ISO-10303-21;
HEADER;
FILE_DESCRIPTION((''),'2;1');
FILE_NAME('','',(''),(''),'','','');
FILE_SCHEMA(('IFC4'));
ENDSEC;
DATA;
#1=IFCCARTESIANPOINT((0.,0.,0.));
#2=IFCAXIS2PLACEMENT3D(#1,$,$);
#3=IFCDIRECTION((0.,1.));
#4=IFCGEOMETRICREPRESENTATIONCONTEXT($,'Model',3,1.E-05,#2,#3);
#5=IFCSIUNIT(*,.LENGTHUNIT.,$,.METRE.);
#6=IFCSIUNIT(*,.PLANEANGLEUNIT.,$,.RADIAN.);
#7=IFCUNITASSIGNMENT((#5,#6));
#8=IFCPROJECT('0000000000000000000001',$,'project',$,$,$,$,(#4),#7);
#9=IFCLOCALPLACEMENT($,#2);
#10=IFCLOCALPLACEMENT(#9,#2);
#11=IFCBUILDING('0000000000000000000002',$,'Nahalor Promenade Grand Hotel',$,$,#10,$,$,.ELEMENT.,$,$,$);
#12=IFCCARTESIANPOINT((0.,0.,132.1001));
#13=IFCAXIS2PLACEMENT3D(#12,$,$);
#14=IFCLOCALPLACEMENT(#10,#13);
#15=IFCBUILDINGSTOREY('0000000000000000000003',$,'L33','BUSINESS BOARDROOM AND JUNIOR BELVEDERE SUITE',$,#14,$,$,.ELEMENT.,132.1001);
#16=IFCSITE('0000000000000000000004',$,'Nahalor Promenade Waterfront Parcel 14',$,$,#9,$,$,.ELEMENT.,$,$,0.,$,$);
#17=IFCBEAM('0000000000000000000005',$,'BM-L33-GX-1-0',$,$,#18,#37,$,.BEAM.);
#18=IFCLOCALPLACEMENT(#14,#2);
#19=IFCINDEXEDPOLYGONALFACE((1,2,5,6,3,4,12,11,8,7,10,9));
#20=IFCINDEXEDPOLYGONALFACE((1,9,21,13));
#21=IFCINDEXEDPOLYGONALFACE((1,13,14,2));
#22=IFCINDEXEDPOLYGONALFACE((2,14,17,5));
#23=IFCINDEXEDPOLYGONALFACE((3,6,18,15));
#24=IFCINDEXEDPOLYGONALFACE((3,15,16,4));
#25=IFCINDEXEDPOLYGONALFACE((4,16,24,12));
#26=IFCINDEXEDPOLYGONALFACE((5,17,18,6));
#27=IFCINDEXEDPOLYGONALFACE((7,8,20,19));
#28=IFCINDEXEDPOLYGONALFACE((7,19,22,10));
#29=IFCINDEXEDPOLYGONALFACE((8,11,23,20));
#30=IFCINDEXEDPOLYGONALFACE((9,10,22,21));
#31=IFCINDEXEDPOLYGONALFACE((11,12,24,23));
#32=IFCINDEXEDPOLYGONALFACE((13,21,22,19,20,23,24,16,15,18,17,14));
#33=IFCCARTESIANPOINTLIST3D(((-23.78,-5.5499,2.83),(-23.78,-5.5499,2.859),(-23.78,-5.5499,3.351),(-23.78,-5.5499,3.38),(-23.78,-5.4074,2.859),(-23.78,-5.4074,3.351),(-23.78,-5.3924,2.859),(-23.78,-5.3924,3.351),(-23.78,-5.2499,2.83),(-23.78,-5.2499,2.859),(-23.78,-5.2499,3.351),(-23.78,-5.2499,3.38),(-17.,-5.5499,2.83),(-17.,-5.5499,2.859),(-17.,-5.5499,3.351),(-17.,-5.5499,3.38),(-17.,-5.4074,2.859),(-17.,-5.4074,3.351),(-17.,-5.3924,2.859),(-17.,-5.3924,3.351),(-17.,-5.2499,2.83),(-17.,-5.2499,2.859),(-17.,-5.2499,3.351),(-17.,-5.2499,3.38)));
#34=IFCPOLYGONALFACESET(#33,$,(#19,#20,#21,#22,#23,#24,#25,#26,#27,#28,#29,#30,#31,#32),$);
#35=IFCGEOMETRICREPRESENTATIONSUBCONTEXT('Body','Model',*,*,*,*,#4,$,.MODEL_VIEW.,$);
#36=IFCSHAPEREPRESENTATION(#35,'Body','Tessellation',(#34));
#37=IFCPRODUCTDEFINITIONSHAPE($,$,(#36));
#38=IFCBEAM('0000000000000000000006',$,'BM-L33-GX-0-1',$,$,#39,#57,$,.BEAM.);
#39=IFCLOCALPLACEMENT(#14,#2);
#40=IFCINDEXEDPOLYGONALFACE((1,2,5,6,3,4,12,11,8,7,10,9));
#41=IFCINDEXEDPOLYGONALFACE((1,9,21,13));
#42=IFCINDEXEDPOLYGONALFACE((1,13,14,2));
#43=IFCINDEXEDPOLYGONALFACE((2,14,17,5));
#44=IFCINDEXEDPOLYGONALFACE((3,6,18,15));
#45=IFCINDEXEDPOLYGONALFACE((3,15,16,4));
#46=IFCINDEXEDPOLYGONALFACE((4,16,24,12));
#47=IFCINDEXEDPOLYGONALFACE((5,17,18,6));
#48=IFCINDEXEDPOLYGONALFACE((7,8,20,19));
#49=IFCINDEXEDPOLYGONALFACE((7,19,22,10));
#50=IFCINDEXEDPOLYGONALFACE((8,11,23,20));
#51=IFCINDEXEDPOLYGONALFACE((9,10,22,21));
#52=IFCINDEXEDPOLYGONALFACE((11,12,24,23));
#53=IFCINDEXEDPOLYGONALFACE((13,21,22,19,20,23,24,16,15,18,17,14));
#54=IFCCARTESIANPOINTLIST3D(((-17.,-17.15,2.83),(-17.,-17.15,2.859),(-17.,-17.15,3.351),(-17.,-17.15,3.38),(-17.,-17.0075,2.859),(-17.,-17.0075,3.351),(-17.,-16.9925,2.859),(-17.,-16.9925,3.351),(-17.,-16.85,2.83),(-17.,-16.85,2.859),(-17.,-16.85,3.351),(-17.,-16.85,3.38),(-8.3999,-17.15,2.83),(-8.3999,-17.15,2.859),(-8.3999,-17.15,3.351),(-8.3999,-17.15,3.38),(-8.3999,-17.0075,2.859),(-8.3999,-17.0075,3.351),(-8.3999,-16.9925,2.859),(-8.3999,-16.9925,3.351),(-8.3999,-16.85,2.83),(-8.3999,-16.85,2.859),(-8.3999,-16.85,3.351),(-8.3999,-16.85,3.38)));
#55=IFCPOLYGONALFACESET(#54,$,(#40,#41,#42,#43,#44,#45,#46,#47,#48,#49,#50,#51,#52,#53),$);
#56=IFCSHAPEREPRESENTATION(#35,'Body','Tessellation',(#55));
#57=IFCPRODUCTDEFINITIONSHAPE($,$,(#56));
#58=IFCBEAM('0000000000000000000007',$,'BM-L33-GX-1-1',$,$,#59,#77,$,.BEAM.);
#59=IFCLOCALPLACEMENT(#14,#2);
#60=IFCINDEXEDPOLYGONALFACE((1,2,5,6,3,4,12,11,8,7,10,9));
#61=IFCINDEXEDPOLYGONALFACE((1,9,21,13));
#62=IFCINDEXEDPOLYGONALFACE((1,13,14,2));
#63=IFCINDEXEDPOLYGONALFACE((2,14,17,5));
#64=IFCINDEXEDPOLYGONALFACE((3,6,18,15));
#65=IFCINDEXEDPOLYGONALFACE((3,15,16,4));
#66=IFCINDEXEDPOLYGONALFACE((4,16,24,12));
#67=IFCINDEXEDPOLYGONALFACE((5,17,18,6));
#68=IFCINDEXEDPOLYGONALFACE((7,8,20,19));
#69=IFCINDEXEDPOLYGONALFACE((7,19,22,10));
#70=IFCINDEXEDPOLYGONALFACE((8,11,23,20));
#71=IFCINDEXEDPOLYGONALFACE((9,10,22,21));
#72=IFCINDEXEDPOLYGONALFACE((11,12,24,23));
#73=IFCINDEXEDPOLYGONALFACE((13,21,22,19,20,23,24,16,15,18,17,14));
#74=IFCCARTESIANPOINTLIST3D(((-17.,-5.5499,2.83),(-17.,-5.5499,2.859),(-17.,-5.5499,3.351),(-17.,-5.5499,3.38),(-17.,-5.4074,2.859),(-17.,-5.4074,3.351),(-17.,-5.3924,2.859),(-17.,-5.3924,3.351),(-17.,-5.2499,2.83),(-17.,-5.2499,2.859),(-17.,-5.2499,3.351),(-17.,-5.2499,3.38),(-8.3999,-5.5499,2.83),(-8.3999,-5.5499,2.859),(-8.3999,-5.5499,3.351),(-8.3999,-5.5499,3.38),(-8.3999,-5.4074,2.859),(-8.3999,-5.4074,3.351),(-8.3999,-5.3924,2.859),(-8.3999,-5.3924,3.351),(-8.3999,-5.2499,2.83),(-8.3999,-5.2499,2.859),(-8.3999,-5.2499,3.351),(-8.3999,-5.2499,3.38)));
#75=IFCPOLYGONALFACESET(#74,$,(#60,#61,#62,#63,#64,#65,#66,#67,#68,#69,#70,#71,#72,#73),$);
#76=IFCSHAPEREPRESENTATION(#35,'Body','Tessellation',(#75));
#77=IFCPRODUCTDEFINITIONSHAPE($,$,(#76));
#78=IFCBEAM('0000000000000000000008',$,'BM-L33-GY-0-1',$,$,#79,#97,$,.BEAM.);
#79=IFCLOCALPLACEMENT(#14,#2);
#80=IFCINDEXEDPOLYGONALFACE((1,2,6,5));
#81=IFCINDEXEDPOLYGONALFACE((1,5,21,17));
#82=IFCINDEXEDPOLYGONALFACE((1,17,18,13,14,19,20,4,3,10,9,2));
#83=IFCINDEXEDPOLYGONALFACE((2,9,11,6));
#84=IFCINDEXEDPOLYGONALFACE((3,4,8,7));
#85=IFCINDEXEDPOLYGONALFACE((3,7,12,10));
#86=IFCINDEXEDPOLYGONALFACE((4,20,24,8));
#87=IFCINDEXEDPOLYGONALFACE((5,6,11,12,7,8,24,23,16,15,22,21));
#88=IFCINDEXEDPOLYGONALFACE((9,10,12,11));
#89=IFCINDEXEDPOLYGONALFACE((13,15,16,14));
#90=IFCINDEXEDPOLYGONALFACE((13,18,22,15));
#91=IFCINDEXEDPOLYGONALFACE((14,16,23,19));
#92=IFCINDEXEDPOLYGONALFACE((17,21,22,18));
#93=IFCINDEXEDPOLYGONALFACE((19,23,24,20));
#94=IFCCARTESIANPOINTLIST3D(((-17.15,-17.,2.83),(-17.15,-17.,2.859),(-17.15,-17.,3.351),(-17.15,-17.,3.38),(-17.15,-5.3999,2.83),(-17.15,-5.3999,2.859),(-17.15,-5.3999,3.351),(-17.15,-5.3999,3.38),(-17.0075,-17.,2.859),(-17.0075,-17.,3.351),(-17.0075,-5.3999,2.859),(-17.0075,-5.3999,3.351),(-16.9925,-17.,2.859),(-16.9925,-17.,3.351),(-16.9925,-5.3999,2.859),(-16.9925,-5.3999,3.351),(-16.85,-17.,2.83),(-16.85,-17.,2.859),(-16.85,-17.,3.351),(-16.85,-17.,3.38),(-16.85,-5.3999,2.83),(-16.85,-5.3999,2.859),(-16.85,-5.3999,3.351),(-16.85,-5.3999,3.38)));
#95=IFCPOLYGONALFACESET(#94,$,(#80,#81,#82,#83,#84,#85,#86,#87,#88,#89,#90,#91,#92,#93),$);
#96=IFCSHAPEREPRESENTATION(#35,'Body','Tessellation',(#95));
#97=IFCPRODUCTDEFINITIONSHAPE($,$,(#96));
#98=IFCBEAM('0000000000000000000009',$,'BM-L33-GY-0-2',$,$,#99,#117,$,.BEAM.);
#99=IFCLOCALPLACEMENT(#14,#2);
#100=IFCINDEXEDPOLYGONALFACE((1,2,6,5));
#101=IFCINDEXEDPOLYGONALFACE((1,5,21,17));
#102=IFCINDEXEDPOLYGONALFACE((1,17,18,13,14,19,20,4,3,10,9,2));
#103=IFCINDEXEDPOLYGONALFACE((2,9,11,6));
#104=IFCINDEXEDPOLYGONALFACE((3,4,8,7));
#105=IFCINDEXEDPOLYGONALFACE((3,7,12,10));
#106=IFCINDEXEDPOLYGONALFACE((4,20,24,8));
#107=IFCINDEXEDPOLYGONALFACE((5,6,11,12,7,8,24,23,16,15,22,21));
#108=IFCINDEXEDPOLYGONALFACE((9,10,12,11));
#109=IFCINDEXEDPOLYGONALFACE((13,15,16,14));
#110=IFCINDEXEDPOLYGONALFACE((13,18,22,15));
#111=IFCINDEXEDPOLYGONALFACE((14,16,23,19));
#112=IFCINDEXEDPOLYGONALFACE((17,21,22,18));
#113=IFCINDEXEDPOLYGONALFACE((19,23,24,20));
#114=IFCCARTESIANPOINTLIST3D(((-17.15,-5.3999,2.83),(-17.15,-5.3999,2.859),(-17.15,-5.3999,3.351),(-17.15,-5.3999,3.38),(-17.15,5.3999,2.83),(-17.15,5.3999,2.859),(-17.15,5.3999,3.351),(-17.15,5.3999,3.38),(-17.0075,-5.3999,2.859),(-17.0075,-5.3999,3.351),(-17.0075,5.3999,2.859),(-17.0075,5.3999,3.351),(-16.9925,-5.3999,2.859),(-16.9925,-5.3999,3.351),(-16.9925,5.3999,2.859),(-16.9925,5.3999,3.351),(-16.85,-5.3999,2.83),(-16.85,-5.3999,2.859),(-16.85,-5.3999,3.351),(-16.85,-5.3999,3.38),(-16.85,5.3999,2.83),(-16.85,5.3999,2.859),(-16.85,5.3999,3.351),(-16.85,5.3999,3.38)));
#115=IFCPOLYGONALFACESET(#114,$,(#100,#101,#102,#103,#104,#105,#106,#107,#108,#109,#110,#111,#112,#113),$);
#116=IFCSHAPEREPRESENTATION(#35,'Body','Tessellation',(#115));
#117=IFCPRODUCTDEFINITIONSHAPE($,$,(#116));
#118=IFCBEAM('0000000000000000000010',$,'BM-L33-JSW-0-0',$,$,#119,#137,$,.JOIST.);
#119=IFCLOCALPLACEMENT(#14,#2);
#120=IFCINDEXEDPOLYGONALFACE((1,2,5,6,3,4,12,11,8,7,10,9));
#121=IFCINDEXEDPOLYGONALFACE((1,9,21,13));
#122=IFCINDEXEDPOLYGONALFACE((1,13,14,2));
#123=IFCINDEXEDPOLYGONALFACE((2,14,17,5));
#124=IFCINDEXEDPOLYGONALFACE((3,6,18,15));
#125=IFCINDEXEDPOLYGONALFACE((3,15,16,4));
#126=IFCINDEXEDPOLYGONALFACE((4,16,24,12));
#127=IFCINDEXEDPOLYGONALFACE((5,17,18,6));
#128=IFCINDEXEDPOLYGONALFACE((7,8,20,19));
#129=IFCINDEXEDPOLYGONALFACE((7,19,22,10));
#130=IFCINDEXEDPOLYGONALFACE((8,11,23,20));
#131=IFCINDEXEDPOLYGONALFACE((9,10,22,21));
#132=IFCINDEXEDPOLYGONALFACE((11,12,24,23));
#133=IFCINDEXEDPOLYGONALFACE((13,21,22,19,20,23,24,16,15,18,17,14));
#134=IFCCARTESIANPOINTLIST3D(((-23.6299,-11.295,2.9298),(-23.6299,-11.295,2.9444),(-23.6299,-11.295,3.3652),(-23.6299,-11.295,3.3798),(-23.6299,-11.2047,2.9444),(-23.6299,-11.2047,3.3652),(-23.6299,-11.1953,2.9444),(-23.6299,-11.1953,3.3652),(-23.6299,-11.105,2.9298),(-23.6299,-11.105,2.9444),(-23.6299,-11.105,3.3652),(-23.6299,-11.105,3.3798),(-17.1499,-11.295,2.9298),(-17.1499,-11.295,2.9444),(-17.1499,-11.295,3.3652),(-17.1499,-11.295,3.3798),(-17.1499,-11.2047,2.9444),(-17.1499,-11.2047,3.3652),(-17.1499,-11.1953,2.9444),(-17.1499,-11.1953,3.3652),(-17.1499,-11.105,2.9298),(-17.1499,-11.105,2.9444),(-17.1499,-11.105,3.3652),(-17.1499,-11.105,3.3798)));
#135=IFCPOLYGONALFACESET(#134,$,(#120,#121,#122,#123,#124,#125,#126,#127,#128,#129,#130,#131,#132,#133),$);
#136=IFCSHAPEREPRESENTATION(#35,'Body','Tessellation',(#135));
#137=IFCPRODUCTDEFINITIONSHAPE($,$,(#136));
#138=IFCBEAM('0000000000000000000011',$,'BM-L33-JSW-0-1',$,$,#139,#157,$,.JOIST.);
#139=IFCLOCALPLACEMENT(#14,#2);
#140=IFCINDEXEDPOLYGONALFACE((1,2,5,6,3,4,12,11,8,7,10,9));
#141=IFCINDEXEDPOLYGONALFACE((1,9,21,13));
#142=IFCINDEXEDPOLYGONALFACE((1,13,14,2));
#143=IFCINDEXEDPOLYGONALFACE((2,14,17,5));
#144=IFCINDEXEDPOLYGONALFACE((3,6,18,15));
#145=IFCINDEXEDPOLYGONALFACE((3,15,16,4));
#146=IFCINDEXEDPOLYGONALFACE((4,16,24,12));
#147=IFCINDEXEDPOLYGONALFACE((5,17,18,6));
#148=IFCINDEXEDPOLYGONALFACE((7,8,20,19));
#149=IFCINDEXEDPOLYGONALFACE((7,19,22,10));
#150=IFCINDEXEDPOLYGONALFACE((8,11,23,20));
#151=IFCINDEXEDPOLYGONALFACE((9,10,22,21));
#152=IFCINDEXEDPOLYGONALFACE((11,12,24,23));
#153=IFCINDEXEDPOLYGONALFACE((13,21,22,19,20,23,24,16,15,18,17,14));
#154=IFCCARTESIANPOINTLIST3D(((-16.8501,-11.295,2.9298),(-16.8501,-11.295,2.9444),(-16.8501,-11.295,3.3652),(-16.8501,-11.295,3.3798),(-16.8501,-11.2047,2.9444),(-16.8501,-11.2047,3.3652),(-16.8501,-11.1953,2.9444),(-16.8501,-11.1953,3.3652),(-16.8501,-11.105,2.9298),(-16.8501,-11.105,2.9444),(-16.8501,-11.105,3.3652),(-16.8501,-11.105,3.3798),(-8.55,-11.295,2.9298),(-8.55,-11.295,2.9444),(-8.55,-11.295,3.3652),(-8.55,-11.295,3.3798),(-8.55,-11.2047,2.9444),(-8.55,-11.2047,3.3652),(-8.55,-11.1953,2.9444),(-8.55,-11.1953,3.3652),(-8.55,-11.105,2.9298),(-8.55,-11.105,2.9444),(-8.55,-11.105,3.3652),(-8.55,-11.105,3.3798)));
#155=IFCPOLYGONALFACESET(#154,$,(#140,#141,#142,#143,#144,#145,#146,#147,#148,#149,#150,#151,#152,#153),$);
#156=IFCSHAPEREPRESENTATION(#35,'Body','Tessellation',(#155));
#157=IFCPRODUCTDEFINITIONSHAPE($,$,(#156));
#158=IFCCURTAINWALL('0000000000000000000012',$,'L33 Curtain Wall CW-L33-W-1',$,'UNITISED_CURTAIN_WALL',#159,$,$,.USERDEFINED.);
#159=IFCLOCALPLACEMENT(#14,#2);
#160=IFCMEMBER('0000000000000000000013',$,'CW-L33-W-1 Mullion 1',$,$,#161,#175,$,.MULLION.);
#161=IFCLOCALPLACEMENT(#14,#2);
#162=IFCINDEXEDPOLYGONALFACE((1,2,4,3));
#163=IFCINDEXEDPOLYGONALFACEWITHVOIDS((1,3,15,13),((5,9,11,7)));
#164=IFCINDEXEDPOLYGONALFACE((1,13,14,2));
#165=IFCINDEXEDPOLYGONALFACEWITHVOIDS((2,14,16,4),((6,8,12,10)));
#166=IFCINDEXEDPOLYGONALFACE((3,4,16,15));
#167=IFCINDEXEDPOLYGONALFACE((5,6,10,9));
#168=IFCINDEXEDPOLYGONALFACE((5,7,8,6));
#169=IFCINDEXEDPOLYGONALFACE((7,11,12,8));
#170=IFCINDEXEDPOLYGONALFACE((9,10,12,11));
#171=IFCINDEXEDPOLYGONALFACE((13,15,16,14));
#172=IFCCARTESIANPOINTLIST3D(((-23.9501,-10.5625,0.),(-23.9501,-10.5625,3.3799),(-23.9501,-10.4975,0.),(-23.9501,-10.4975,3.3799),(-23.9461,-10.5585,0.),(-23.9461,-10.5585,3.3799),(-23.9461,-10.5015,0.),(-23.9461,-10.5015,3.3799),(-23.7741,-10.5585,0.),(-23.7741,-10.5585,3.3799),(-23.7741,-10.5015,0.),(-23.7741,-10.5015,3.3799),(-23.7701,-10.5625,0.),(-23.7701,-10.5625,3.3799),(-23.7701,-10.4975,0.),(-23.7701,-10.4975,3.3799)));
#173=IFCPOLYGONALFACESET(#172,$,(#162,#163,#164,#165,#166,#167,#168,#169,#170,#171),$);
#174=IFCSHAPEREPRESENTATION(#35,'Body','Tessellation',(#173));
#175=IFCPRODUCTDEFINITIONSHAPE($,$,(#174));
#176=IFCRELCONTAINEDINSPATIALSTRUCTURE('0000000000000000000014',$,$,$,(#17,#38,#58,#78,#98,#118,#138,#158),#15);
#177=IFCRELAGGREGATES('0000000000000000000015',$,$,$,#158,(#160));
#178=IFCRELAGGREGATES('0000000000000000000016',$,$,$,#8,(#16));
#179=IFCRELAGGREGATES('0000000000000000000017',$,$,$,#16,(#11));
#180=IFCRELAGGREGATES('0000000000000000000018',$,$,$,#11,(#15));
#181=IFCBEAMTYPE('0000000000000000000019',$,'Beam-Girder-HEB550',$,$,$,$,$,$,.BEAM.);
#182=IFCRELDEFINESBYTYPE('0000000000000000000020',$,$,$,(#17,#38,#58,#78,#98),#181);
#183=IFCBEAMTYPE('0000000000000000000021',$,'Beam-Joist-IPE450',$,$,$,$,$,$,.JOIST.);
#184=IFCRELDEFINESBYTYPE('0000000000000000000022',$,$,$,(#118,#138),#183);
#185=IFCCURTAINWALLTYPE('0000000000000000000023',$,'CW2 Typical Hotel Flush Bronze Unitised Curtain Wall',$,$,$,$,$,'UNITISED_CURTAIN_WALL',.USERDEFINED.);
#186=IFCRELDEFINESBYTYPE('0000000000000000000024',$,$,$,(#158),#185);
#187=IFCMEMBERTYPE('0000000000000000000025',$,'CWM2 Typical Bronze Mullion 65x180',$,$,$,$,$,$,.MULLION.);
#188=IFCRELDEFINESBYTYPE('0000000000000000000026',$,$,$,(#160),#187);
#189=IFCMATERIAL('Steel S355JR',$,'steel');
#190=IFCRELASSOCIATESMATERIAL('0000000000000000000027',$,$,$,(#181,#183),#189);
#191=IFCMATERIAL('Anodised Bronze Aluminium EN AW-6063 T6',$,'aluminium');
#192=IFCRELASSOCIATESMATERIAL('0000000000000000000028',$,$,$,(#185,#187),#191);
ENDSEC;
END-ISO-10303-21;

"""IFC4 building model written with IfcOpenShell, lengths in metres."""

from ifc_helpers import new_model, si_unit, direction, frame, origin, origin_2d, place, context, subcontext, project, spatial, hollow_rectangle, i_section, extrude, source, transform, mapped, material, material_profile, profile_set, type_object, element, aggregate, save


model = new_model("IFC4")

# Units and contexts
model_context = context("Model", 3, precision=1e-05, world=origin(), true_north=direction((0.0, 1.0)))
body_context = subcontext(model_context, "Body", "Model", "MODEL_VIEW")
ifc_project = project(units=[si_unit("LENGTHUNIT", "METRE"), si_unit("PLANEANGLEUNIT", "RADIAN")], contexts=[model_context])

# Site, building, storey
site_placement = place(None, origin())
site = spatial("IfcSite", under=ifc_project, at=site_placement, Name="Nahalor Promenade Waterfront Parcel 14", CompositionType="ELEMENT", RefElevation=0.0)
building_placement = place(site_placement, origin())
building = spatial("IfcBuilding", under=site, at=building_placement, Name="Nahalor Promenade Grand Hotel", CompositionType="ELEMENT")
storey_placement = place(building_placement, frame((0.0, 0.0, 132.1001)))
storey = spatial("IfcBuildingStorey", under=building, at=storey_placement, Name="L33", Description="BUSINESS BOARDROOM AND JUNIOR BELVEDERE SUITE", CompositionType="ELEMENT", Elevation=132.1001)

# Beams
ifc_material_1 = material(Name="Steel S355JR", Category="steel")
ifc_material_profile_1 = material_profile(ifc_material_1, i_section(OverallWidth=0.3, OverallDepth=0.55, WebThickness=0.015, FlangeThickness=0.029, at=origin_2d()), Name="HEB 550")
ifc_profile_set_1 = profile_set([ifc_material_profile_1], Name="Steel S355JR")
beam_type_1 = type_object("IfcBeamType", Name="Beam-Girder-HEB550", PredefinedType="BEAM", material=ifc_profile_set_1)
shared_shape_1 = source(origin(), body_context, "Body", "SweptSolid", [
    extrude(i_section(OverallWidth=0.3, OverallDepth=0.55, WebThickness=0.015, FlangeThickness=0.029, at=origin_2d()), origin(), (0.0, 0.0, 1.0), 6.78),
])
for number, where, z_axis, x_axis, name in (
    (1, (-23.78, -5.3999, 3.105), (1.0, 0.0, 0.0), (0.0, 1.0, 0.0), "BM-L33-GX-1-0"),
):
    element("IfcBeam", number, at=place(storey_placement, frame(where, z_axis=z_axis, x_axis=x_axis)), inside=storey, type_object=beam_type_1, Name=name, PredefinedType="BEAM", context=body_context, shape_type="MappedRepresentation", body=[
        mapped(shared_shape_1, transform((0.0, 0.0, 0.0), scale=1.0)),
    ])
shared_shape_2 = source(origin(), body_context, "Body", "SweptSolid", [
    extrude(i_section(OverallWidth=0.3, OverallDepth=0.55, WebThickness=0.015, FlangeThickness=0.029, at=origin_2d()), origin(), (0.0, 0.0, 1.0), 8.6001),
])
for number, where, z_axis, x_axis, name in (
    (2, (-17.0, -17.0, 3.105), (1.0, 0.0, 0.0), (0.0, 1.0, 0.0), "BM-L33-GX-0-1"),
    (3, (-17.0, -5.3999, 3.105), (1.0, 0.0, 0.0), (0.0, 1.0, 0.0), "BM-L33-GX-1-1"),
):
    element("IfcBeam", number, at=place(storey_placement, frame(where, z_axis=z_axis, x_axis=x_axis)), inside=storey, type_object=beam_type_1, Name=name, PredefinedType="BEAM", context=body_context, shape_type="MappedRepresentation", body=[
        mapped(shared_shape_2, transform((0.0, 0.0, 0.0), scale=1.0)),
    ])
shared_shape_3 = source(origin(), body_context, "Body", "SweptSolid", [
    extrude(i_section(OverallWidth=0.3, OverallDepth=0.55, WebThickness=0.015, FlangeThickness=0.029, at=origin_2d()), origin(), (0.0, 0.0, 1.0), 11.6001),
])
beam_1_placement = place(storey_placement, frame((-17.0, -17.0, 3.105), z_axis=(0.0, 1.0, 0.0), x_axis=(-1.0, 0.0, 0.0)))
element("IfcBeam", 4, at=beam_1_placement, inside=storey, type_object=beam_type_1, Name="BM-L33-GY-0-1", PredefinedType="BEAM", context=body_context, shape_type="MappedRepresentation", body=[
    mapped(shared_shape_3, transform((0.0, 0.0, 0.0), scale=1.0)),
])
shared_shape_4 = source(origin(), body_context, "Body", "SweptSolid", [
    extrude(i_section(OverallWidth=0.3, OverallDepth=0.55, WebThickness=0.015, FlangeThickness=0.029, at=origin_2d()), origin(), (0.0, 0.0, 1.0), 10.7998),
])
beam_2_placement = place(storey_placement, frame((-17.0, -5.3999, 3.105), z_axis=(0.0, 1.0, 0.0), x_axis=(-1.0, 0.0, 0.0)))
element("IfcBeam", 5, at=beam_2_placement, inside=storey, type_object=beam_type_1, Name="BM-L33-GY-0-2", PredefinedType="BEAM", context=body_context, shape_type="MappedRepresentation", body=[
    mapped(shared_shape_4, transform((0.0, 0.0, 0.0), scale=1.0)),
])
ifc_material_profile_2 = material_profile(ifc_material_1, i_section(OverallWidth=0.19, OverallDepth=0.45, WebThickness=0.0094, FlangeThickness=0.0146, at=origin_2d()), Name="IPE 450")
ifc_profile_set_2 = profile_set([ifc_material_profile_2], Name="Steel S355JR")
beam_type_2 = type_object("IfcBeamType", Name="Beam-Joist-IPE450", PredefinedType="JOIST", material=ifc_profile_set_2)
shared_shape_5 = source(origin(), body_context, "Body", "SweptSolid", [
    extrude(i_section(OverallWidth=0.19, OverallDepth=0.45, WebThickness=0.0094, FlangeThickness=0.0146, at=origin_2d()), origin(), (0.0, 0.0, 1.0), 6.48),
])
beam_3_placement = place(storey_placement, frame((-23.6299, -11.2, 3.1548), z_axis=(1.0, 0.0, 0.0), x_axis=(0.0, 1.0, 0.0)))
element("IfcBeam", 6, at=beam_3_placement, inside=storey, type_object=beam_type_2, Name="BM-L33-JSW-0-0", PredefinedType="JOIST", context=body_context, shape_type="MappedRepresentation", body=[
    mapped(shared_shape_5, transform((0.0, 0.0, 0.0), scale=1.0)),
])
shared_shape_6 = source(origin(), body_context, "Body", "SweptSolid", [
    extrude(i_section(OverallWidth=0.19, OverallDepth=0.45, WebThickness=0.0094, FlangeThickness=0.0146, at=origin_2d()), origin(), (0.0, 0.0, 1.0), 8.3),
])
beam_4_placement = place(storey_placement, frame((-16.8501, -11.2, 3.1548), z_axis=(1.0, 0.0, 0.0), x_axis=(0.0, 1.0, 0.0)))
element("IfcBeam", 7, at=beam_4_placement, inside=storey, type_object=beam_type_2, Name="BM-L33-JSW-0-1", PredefinedType="JOIST", context=body_context, shape_type="MappedRepresentation", body=[
    mapped(shared_shape_6, transform((0.0, 0.0, 0.0), scale=1.0)),
])

# Curtain wall, member
ifc_material_2 = material(Name="Anodised Bronze Aluminium EN AW-6063 T6", Category="aluminium")
curtain_wall_type = type_object("IfcCurtainWallType", Name="CW2 Typical Hotel Flush Bronze Unitised Curtain Wall", ElementType="UNITISED_CURTAIN_WALL", PredefinedType="USERDEFINED", material=ifc_material_2)
curtain_wall_placement = place(storey_placement, origin())
curtain_wall = element("IfcCurtainWall", 8, at=curtain_wall_placement, inside=storey, type_object=curtain_wall_type, Name="L33 Curtain Wall CW-L33-W-1", ObjectType="UNITISED_CURTAIN_WALL", PredefinedType="USERDEFINED")
ifc_material_profile_3 = material_profile(ifc_material_2, hollow_rectangle(XDim=0.065, YDim=0.18, WallThickness=0.004, at=origin_2d()), Name="CWM 65x180x4")
ifc_profile_set_3 = profile_set([ifc_material_profile_3], Name="Anodised Bronze Aluminium EN AW-6063 T6")
member_type_1 = type_object("IfcMemberType", Name="CWM2 Typical Bronze Mullion 65x180", PredefinedType="MULLION", material=ifc_profile_set_3)
shared_shape_7 = source(origin(), body_context, "Body", "SweptSolid", [
    extrude(hollow_rectangle(XDim=0.065, YDim=0.18, WallThickness=0.004, at=origin_2d()), origin(), (0.0, 0.0, 1.0), 3.3799),
])
member_1_placement = place(storey_placement, frame((-23.8601, -10.53, 0.0), z_axis=(0.0, 0.0, 1.0), x_axis=(0.0, 1.0, 0.0)))
member_1 = element("IfcMember", 9, at=member_1_placement, type_object=member_type_1, Name="CW-L33-W-1 Mullion 1", PredefinedType="MULLION", context=body_context, shape_type="MappedRepresentation", body=[
    mapped(shared_shape_7, transform((0.0, 0.0, 0.0), scale=1.0)),
])
aggregate(curtain_wall, [member_1])

save(model, "model.ifc")
